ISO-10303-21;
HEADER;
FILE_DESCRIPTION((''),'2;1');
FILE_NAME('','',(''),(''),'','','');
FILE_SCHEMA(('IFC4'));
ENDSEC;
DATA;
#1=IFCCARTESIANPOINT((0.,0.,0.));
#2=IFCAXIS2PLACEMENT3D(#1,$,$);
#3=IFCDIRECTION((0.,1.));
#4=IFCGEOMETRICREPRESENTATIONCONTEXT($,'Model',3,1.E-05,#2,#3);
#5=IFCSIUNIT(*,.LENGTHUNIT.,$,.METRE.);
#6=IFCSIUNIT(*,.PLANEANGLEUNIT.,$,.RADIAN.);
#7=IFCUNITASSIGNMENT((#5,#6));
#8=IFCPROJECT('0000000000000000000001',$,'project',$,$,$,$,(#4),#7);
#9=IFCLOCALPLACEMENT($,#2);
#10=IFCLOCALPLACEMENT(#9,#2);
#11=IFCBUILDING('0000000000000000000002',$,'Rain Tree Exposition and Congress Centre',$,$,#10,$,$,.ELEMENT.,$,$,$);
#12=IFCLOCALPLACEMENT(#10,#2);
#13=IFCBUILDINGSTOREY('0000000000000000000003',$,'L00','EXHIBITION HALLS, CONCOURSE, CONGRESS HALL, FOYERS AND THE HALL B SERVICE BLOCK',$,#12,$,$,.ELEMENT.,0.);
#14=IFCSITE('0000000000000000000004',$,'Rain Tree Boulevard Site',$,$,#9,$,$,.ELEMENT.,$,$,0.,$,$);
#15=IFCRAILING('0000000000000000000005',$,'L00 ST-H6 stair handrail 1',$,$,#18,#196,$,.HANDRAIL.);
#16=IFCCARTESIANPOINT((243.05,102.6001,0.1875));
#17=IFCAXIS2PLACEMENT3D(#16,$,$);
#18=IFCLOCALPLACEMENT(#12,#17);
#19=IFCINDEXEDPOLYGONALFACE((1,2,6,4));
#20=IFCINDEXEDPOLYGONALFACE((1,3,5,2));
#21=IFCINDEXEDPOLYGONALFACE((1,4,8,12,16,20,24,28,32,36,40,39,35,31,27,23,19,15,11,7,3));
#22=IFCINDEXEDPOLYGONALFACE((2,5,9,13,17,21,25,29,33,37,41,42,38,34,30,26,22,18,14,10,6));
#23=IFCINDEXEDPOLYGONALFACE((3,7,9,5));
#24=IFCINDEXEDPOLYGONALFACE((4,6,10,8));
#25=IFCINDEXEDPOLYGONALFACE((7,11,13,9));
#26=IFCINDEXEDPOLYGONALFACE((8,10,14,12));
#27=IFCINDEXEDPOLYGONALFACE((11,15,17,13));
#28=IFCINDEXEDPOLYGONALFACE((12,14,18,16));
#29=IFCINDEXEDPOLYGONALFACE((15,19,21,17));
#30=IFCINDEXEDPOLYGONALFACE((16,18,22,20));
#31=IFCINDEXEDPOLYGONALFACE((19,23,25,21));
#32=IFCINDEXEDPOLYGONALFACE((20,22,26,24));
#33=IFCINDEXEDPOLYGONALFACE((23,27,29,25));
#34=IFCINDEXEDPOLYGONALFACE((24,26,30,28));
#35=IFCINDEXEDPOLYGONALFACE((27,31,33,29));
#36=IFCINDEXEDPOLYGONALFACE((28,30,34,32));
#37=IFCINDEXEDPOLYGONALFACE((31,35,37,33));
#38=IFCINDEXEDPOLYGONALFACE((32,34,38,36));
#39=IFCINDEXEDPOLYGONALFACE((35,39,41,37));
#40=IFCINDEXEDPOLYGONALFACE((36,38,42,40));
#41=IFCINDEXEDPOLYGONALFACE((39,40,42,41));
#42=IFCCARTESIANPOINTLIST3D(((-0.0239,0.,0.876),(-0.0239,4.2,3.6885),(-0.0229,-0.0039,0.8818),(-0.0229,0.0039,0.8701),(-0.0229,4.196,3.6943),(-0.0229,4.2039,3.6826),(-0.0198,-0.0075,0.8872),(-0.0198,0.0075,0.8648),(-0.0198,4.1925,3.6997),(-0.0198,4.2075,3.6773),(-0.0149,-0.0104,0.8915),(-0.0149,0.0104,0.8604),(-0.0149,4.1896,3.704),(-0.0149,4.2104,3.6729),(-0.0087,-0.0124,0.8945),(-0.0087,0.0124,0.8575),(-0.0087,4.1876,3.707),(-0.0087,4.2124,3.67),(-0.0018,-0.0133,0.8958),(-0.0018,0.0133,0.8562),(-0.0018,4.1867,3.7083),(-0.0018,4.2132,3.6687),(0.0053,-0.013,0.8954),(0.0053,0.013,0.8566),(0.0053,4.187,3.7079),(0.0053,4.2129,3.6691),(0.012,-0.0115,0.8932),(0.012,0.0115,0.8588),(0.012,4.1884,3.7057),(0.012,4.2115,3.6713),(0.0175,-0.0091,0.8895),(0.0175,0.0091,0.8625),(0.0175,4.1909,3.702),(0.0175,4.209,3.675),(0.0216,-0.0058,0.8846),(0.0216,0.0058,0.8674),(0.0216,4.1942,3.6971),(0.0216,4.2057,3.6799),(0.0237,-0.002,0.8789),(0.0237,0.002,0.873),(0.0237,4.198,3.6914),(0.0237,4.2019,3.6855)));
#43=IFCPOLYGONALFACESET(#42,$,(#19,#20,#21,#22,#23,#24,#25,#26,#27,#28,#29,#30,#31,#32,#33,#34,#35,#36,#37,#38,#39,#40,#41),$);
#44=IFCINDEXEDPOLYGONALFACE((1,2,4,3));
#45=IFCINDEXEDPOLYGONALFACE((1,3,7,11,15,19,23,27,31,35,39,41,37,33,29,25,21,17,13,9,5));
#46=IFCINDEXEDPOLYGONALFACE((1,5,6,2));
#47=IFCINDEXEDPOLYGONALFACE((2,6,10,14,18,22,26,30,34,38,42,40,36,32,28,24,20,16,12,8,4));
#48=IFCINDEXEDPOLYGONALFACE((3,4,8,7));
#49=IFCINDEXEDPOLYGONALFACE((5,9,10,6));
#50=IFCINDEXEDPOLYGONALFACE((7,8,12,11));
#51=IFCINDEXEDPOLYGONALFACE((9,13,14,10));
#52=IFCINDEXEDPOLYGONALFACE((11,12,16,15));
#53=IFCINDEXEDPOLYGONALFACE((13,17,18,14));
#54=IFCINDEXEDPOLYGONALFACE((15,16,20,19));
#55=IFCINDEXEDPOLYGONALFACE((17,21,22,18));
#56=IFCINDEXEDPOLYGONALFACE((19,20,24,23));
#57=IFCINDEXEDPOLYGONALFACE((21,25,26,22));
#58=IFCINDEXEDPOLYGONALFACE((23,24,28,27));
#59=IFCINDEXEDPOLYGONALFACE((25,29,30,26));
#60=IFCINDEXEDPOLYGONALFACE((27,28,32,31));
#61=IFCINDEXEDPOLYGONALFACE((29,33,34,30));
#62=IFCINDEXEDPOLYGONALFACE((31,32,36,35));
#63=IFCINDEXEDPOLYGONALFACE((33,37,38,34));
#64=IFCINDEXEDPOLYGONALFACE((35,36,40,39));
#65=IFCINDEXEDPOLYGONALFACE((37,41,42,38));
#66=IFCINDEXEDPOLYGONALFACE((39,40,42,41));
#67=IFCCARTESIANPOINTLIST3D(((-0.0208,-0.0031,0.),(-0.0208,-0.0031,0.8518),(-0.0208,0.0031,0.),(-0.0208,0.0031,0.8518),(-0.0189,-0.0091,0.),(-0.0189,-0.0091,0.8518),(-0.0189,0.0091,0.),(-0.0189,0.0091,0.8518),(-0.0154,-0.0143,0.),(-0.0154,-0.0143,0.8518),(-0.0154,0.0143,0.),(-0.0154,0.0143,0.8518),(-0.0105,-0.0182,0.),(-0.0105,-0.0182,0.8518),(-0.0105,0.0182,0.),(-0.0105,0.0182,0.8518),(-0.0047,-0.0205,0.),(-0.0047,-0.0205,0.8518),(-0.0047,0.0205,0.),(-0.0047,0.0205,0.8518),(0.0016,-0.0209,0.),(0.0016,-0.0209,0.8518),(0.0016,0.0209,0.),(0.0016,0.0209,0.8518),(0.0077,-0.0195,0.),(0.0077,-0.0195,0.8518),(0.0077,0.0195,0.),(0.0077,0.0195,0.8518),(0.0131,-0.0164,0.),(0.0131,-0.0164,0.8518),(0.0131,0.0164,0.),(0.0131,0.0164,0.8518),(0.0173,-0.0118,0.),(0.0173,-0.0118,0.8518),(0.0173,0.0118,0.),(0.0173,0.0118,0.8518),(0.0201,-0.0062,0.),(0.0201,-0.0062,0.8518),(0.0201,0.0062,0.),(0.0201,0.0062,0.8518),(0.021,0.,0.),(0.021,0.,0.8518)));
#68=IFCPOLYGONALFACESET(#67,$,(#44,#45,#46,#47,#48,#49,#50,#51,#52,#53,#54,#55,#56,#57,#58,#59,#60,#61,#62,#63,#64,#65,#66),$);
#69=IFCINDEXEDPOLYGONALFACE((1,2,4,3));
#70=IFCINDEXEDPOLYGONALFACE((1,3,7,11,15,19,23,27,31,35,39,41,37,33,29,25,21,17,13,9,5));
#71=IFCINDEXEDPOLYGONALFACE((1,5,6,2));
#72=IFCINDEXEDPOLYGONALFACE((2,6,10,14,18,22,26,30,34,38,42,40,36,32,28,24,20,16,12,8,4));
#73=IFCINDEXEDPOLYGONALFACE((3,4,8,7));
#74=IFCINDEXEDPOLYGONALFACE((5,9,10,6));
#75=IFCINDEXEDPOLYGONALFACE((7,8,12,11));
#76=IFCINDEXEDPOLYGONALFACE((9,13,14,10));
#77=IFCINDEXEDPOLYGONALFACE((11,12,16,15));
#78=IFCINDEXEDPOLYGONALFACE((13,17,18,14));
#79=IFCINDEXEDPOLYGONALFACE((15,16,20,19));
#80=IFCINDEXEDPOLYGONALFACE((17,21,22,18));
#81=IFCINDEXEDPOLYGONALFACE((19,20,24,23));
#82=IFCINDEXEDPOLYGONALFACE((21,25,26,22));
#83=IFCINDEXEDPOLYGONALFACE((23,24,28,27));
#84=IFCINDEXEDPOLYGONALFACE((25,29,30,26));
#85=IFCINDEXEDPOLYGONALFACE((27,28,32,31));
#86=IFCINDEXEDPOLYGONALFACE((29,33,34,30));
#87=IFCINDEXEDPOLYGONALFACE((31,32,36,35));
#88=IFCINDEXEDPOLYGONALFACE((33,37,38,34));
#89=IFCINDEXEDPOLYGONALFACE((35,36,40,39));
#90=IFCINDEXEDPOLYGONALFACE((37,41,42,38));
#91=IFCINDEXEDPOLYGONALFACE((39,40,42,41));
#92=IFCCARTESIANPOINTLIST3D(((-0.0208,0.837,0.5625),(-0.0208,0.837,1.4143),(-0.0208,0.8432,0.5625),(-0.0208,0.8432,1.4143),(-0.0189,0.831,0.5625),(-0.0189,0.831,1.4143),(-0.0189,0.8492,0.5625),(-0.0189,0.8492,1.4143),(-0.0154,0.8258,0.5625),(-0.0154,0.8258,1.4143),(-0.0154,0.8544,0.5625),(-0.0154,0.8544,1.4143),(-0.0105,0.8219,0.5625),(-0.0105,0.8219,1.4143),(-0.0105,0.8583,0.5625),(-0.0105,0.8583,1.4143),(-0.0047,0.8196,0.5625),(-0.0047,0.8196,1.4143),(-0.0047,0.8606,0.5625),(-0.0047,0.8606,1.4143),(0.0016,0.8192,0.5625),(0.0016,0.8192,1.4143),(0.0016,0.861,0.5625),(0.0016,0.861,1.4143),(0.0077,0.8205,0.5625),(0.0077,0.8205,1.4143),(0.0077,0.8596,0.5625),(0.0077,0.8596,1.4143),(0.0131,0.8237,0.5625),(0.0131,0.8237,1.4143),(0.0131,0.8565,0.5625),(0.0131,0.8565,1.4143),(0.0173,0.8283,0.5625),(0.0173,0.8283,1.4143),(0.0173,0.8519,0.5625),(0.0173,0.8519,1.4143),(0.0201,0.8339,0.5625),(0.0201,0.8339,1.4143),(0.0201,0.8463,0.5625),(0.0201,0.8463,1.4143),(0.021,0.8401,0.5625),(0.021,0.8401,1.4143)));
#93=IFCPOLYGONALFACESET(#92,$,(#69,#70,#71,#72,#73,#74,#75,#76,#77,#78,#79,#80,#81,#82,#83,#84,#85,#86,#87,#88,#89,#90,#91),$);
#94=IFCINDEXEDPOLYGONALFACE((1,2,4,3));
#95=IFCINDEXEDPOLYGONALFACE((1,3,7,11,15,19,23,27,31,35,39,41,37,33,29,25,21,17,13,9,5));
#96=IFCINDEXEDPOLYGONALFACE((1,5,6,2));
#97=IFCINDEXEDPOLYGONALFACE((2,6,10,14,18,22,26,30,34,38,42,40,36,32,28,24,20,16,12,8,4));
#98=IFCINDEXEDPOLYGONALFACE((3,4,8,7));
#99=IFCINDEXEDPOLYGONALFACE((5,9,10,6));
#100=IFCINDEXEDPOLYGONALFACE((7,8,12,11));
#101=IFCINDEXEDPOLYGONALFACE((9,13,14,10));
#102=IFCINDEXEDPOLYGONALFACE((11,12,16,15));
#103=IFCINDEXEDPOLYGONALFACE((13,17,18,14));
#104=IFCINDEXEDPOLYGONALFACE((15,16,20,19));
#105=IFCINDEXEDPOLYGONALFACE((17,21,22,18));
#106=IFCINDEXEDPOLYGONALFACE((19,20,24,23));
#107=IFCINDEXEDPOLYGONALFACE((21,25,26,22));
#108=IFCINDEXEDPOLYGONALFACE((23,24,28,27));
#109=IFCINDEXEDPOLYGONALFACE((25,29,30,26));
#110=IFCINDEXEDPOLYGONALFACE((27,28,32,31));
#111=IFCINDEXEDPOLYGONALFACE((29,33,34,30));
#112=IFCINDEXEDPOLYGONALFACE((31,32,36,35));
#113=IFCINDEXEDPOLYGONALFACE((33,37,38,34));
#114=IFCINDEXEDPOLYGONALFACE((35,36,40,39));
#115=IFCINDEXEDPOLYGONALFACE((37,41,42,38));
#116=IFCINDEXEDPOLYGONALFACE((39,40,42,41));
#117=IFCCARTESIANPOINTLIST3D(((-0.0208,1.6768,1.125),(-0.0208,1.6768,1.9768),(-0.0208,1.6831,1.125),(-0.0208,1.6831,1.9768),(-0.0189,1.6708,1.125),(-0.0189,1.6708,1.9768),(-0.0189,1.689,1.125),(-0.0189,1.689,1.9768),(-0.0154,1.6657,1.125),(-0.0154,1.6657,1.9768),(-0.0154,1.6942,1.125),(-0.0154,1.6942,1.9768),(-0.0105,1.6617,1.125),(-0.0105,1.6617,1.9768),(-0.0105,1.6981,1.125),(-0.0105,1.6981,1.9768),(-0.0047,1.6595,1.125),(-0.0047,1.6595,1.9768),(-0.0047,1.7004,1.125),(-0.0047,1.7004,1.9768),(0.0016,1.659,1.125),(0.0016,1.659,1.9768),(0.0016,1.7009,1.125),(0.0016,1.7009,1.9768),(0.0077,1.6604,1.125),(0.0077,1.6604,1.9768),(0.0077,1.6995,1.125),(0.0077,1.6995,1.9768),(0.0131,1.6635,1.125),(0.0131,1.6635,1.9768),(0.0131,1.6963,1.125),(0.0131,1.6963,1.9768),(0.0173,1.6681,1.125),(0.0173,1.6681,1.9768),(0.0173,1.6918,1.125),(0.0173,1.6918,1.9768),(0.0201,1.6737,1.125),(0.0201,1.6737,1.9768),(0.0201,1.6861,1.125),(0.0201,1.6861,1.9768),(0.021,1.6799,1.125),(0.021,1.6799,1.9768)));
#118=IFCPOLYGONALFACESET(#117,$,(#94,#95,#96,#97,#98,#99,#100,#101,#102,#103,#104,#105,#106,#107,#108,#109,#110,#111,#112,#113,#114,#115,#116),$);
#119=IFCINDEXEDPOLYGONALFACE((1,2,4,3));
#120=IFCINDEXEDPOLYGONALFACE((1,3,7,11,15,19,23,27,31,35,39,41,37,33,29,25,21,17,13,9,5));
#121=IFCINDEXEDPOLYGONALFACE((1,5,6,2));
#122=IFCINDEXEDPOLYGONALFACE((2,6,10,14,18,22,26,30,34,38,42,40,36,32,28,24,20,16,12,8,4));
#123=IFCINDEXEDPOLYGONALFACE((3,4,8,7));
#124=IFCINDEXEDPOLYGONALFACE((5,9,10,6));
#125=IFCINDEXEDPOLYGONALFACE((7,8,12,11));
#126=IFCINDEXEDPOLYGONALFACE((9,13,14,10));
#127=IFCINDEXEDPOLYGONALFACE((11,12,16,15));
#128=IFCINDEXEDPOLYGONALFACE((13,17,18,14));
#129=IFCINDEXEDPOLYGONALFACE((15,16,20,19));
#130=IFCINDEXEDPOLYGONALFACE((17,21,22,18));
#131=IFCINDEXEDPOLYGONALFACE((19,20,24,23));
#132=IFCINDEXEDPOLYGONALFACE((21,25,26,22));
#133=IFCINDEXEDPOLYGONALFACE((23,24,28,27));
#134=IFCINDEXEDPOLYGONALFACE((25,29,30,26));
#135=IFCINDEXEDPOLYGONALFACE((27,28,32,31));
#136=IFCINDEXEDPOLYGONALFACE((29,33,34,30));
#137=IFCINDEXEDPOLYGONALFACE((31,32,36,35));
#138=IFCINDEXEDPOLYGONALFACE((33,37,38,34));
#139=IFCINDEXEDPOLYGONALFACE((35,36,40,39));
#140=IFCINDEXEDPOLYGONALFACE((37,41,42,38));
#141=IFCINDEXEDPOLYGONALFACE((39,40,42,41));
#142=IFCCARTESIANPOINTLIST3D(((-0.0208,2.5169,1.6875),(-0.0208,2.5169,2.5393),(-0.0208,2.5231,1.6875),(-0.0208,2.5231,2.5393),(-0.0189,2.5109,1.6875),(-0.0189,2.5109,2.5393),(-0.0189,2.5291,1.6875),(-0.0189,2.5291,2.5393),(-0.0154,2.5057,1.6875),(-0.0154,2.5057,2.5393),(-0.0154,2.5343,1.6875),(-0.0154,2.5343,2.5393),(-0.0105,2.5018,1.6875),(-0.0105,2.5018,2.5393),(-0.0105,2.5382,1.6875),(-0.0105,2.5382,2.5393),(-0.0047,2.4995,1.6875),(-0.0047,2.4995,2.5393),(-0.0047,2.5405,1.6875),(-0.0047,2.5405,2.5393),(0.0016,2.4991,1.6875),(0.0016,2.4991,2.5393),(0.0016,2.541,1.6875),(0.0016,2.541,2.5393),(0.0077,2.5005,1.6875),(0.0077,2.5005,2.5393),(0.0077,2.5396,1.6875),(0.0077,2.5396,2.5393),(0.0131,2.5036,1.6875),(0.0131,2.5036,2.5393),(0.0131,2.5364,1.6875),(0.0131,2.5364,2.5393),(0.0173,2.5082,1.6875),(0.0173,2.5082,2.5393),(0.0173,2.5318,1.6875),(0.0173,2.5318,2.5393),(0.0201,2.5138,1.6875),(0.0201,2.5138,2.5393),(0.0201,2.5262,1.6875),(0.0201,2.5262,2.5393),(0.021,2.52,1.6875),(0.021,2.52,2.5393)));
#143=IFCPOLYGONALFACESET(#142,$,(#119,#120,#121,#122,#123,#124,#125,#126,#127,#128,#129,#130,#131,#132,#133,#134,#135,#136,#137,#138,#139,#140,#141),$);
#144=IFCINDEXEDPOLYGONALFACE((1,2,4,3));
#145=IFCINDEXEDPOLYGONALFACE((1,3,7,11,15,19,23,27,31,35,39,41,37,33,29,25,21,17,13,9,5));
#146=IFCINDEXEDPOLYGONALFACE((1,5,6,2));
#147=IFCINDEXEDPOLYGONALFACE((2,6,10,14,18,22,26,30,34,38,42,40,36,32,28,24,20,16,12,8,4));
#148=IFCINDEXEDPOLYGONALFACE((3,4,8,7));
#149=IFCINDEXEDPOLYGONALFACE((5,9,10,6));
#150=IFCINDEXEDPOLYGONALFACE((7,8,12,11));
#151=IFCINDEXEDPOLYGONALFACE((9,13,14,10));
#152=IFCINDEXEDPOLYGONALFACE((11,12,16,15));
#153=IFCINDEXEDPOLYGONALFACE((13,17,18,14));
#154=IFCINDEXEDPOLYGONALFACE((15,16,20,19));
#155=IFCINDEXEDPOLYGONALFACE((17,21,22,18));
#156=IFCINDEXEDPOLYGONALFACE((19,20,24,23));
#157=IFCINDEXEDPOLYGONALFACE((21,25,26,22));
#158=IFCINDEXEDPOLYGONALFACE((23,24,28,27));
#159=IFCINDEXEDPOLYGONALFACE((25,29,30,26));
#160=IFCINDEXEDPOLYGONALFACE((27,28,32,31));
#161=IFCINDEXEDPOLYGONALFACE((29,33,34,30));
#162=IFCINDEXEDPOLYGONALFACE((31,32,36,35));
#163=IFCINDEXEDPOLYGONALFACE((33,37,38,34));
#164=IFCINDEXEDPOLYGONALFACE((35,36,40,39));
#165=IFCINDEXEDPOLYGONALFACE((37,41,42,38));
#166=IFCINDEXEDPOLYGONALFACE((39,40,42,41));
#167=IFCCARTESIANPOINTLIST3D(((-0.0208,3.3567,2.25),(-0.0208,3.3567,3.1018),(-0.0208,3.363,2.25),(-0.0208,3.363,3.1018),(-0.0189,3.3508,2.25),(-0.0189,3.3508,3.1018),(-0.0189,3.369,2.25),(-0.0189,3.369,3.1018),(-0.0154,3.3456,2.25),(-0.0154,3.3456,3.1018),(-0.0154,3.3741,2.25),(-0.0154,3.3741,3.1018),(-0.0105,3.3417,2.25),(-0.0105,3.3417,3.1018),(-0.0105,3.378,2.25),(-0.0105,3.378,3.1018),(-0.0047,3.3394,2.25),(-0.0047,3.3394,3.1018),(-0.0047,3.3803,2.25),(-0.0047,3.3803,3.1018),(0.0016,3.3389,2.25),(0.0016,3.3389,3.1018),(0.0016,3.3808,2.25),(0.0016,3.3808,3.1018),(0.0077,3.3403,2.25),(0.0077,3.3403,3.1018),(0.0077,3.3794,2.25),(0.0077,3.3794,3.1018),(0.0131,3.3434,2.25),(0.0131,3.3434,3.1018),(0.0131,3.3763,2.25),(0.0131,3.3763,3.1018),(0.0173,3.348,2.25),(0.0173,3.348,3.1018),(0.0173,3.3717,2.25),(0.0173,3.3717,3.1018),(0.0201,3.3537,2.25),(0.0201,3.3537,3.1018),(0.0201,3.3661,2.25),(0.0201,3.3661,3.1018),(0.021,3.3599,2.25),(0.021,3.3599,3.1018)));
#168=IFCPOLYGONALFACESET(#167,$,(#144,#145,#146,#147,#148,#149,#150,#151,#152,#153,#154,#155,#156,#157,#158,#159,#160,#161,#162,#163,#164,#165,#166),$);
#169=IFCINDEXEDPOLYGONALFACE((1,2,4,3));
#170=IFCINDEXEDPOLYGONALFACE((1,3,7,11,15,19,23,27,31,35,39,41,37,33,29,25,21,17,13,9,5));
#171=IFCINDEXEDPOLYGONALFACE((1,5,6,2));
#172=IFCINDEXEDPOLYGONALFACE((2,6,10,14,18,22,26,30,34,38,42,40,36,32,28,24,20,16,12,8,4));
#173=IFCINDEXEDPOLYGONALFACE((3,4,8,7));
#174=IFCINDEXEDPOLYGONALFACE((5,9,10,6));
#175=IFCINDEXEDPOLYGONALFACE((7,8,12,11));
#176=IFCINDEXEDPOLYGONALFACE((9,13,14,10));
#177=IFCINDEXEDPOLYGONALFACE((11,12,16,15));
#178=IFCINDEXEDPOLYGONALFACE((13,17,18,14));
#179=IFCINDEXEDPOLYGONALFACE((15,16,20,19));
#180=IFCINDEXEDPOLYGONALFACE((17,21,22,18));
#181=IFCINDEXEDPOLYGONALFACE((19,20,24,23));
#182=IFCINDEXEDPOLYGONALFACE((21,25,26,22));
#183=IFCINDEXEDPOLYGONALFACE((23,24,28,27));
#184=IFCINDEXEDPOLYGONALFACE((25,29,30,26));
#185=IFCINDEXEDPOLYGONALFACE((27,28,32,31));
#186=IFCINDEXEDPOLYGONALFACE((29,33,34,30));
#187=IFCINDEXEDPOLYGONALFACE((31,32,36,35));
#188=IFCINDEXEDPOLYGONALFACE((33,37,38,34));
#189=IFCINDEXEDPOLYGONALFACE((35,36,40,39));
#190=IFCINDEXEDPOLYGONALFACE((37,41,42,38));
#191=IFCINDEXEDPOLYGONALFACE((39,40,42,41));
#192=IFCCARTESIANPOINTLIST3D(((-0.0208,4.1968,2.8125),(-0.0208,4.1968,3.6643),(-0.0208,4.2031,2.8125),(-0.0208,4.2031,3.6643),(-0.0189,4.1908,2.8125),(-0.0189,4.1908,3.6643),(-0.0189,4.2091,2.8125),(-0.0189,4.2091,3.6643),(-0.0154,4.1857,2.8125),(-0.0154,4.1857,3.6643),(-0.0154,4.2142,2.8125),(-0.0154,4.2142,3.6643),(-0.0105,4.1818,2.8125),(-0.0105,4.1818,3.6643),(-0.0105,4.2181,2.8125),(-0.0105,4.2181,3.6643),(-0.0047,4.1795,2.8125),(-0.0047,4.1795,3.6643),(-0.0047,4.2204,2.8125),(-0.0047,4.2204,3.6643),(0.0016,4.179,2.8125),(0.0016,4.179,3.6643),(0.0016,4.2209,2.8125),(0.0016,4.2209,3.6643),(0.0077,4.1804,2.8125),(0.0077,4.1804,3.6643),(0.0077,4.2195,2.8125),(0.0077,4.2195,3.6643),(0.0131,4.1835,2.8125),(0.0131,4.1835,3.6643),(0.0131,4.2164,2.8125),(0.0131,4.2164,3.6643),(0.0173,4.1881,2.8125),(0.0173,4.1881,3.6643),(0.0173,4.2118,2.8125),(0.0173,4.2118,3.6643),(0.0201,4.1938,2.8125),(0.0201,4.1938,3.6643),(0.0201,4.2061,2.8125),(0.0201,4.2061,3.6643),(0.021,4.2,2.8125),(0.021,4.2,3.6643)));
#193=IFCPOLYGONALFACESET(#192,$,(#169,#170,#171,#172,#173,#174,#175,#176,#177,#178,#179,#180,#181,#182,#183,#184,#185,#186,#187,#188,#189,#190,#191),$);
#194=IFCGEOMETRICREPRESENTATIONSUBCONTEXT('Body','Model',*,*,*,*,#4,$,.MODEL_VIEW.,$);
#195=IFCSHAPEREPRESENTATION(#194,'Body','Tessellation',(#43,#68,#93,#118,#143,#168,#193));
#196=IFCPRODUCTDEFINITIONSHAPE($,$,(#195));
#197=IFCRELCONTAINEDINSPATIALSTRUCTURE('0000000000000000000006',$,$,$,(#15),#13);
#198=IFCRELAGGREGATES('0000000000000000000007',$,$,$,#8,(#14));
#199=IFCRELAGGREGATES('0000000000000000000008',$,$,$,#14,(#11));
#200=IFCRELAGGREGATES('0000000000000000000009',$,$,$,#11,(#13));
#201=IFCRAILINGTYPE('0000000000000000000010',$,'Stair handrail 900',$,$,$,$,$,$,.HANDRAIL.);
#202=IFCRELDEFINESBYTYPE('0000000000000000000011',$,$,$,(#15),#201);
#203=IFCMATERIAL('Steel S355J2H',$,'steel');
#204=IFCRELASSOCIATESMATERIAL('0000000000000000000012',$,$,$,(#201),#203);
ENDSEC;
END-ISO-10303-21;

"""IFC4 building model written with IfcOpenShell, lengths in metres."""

from ifc_helpers import new_model, si_unit, direction, frame, origin, origin_2d, place, context, subcontext, project, spatial, circle, extrude, material, type_object, element, save


model = new_model("IFC4")

# Units and contexts
model_context = context("Model", 3, precision=1e-05, world=origin(), true_north=direction((0.0, 1.0)))
body_context = subcontext(model_context, "Body", "Model", "MODEL_VIEW")
ifc_project = project(units=[si_unit("LENGTHUNIT", "METRE"), si_unit("PLANEANGLEUNIT", "RADIAN")], contexts=[model_context])

# Site, building, storey
site_placement = place(None, origin())
site = spatial("IfcSite", under=ifc_project, at=site_placement, Name="Rain Tree Boulevard Site", CompositionType="ELEMENT", RefElevation=0.0)
building_placement = place(site_placement, origin())
building = spatial("IfcBuilding", under=site, at=building_placement, Name="Rain Tree Exposition and Congress Centre", CompositionType="ELEMENT")
storey_placement = place(building_placement, origin())
storey = spatial("IfcBuildingStorey", under=building, at=storey_placement, Name="L00", Description="EXHIBITION HALLS, CONCOURSE, CONGRESS HALL, FOYERS AND THE HALL B SERVICE BLOCK", CompositionType="ELEMENT", Elevation=0.0)

# Railing
ifc_material_1 = material(Name="Steel S355J2H", Category="steel")
railing_type_1 = type_object("IfcRailingType", Name="Stair handrail 900", PredefinedType="HANDRAIL", material=ifc_material_1)
railing_1_placement = place(storey_placement, frame((243.05, 102.6001, 0.1875)))
element("IfcRailing", 1, at=railing_1_placement, inside=storey, type_object=railing_type_1, Name="L00 ST-H6 stair handrail 1", PredefinedType="HANDRAIL", context=body_context, shape_type="SweptSolid", body=[
    extrude(circle(Radius=0.0239, at=origin_2d()), frame((0.0, 0.0, 0.876), z_axis=(0.0, 0.830904, 0.556416), x_axis=(-1.0, 0.0, 0.0)), (0.0, 0.0, 1.0), 5.0547),
    extrude(circle(Radius=0.021, at=origin_2d()), origin(), (0.0, 0.0, 1.0), 0.8518),
    extrude(circle(Radius=0.021, at=origin_2d()), frame((0.0, 0.8401, 0.5625)), (0.0, 0.0, 1.0), 0.8518),
    extrude(circle(Radius=0.021, at=origin_2d()), frame((0.0, 1.6799, 1.125)), (0.0, 0.0, 1.0), 0.8518),
    extrude(circle(Radius=0.021, at=origin_2d()), frame((0.0, 2.52, 1.6875)), (0.0, 0.0, 1.0), 0.8518),
    extrude(circle(Radius=0.021, at=origin_2d()), frame((0.0, 3.3599, 2.25)), (0.0, 0.0, 1.0), 0.8518),
    extrude(circle(Radius=0.021, at=origin_2d()), frame((0.0, 4.2, 2.8125)), (0.0, 0.0, 1.0), 0.8518),
])

save(model, "model.ifc")
